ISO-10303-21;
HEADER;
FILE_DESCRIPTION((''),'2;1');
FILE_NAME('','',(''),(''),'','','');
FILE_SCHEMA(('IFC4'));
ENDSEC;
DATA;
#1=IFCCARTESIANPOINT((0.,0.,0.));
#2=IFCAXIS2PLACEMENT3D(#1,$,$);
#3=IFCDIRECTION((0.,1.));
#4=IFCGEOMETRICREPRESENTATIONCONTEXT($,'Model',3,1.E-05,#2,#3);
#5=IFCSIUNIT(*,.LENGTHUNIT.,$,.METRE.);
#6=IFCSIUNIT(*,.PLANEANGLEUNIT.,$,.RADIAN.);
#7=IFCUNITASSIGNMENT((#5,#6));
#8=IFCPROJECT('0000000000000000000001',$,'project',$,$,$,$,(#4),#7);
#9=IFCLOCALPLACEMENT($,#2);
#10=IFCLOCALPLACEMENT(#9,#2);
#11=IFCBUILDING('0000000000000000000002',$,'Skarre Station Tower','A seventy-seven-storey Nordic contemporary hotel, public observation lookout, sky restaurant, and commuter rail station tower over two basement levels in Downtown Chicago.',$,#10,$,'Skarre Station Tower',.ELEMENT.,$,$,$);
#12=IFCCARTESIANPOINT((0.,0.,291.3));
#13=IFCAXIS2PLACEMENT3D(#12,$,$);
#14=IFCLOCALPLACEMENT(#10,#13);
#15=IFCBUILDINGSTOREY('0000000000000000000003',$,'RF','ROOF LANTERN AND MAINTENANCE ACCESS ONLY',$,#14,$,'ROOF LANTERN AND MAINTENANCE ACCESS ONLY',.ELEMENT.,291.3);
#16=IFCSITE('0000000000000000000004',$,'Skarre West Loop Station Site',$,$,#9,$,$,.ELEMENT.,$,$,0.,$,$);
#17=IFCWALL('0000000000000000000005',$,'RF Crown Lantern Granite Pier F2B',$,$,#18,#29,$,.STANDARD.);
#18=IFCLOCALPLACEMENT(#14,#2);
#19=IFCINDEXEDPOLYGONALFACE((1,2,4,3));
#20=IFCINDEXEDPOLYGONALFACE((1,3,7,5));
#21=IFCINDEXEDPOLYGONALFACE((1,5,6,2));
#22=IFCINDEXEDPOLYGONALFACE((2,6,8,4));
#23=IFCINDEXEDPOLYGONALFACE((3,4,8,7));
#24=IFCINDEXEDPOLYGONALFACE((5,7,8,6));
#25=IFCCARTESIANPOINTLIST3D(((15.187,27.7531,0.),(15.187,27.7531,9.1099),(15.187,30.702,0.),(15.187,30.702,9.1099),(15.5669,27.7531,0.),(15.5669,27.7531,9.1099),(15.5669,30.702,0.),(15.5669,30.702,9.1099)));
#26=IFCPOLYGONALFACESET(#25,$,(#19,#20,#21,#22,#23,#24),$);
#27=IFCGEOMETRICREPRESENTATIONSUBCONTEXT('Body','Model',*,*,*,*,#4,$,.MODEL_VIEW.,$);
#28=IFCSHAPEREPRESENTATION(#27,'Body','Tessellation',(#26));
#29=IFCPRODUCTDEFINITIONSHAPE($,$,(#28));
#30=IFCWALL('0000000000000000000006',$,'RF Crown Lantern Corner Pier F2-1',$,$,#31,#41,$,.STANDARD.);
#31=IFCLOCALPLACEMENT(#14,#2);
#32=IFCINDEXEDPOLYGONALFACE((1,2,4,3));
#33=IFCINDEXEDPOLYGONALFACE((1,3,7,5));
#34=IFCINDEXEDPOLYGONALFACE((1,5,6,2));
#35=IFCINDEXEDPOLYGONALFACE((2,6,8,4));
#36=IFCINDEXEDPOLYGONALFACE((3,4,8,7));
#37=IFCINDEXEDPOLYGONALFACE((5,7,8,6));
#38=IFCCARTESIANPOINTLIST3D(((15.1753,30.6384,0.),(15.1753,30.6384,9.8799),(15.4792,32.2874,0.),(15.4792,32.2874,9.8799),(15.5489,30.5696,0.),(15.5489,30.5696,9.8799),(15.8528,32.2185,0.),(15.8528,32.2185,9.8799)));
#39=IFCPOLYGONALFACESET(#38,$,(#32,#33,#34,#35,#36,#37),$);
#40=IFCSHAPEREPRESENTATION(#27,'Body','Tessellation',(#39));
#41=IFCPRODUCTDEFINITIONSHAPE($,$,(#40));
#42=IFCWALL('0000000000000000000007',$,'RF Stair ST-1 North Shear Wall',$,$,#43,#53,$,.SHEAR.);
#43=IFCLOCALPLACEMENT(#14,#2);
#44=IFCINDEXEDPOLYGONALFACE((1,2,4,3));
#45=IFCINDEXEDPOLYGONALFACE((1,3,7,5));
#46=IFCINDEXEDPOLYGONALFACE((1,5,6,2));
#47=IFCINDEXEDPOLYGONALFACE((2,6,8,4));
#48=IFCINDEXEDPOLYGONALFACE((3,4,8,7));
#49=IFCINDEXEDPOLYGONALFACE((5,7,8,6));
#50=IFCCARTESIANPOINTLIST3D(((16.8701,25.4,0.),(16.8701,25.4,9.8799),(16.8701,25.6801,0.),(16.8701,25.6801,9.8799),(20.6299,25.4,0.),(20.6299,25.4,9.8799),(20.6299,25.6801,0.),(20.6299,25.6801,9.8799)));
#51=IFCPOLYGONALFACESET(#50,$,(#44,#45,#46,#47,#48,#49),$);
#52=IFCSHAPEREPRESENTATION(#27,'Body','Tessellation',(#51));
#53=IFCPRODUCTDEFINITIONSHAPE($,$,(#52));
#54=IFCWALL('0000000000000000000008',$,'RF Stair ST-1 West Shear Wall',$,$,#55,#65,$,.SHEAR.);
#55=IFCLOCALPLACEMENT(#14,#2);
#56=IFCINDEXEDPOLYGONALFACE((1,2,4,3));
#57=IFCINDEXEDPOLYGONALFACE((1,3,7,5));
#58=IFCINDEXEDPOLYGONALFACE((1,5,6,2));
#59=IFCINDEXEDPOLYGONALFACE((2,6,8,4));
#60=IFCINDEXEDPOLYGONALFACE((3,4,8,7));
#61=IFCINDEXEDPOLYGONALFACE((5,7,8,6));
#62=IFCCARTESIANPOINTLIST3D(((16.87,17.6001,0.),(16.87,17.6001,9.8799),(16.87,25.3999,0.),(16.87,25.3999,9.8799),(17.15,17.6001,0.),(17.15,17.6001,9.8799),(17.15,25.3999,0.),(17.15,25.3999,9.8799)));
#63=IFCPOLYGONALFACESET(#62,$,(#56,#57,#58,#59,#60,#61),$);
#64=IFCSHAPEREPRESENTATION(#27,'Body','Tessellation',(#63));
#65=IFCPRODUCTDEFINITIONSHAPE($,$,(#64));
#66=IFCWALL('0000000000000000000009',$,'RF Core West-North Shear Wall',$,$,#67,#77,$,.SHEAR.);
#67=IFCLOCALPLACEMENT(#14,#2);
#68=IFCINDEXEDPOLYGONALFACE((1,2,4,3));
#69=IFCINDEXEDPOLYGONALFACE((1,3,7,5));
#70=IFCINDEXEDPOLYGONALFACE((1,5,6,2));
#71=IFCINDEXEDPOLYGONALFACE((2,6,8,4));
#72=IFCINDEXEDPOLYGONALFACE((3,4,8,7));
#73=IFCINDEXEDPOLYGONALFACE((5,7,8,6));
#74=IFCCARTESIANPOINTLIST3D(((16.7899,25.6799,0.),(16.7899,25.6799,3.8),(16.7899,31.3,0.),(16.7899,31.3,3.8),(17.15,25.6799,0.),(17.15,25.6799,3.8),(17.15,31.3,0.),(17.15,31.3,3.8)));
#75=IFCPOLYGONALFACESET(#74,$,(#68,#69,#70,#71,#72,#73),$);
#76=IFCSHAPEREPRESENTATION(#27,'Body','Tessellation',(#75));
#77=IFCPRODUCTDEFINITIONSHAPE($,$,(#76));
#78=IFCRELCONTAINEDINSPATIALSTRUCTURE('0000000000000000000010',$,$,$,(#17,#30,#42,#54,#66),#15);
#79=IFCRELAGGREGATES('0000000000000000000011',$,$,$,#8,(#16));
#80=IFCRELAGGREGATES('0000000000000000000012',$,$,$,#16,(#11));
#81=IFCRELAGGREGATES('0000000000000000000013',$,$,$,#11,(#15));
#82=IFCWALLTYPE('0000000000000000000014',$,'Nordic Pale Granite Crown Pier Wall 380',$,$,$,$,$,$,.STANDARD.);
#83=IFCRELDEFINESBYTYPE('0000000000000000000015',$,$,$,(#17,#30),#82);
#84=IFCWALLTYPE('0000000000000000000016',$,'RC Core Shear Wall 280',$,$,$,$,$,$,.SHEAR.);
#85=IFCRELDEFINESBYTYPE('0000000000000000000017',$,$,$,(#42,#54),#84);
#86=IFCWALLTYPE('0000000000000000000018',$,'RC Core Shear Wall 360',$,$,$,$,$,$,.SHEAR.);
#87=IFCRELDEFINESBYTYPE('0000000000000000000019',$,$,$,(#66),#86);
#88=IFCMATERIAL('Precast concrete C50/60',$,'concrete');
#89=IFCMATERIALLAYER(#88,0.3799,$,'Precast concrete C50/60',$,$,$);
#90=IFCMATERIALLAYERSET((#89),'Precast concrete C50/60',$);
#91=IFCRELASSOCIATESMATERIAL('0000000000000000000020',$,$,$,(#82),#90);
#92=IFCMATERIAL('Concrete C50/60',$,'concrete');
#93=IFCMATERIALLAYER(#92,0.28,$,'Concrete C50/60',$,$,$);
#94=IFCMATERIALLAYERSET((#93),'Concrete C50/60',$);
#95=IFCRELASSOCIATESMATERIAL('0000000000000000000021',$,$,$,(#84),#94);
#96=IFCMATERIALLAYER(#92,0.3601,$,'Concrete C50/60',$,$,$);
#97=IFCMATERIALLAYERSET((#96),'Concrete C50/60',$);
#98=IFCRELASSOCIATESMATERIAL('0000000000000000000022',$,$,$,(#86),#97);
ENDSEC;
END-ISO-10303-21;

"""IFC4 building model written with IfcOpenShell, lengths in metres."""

from ifc_helpers import new_model, si_unit, direction, frame, frame_2d, origin, place, context, subcontext, project, spatial, rectangle, extrude, material, layer, layer_set, type_object, element, save


model = new_model("IFC4")

# Units and contexts
model_context = context("Model", 3, precision=1e-05, world=origin(), true_north=direction((0.0, 1.0)))
body_context = subcontext(model_context, "Body", "Model", "MODEL_VIEW")
ifc_project = project(units=[si_unit("LENGTHUNIT", "METRE"), si_unit("PLANEANGLEUNIT", "RADIAN")], contexts=[model_context])

# Site, building, storey
site_placement = place(None, origin())
site = spatial("IfcSite", under=ifc_project, at=site_placement, Name="Skarre West Loop Station Site", CompositionType="ELEMENT", RefElevation=0.0)
building_placement = place(site_placement, origin())
building = spatial("IfcBuilding", under=site, at=building_placement, Name="Skarre Station Tower", Description="A seventy-seven-storey Nordic contemporary hotel, public observation lookout, sky restaurant, and commuter rail station tower over two basement levels in Downtown Chicago.", LongName="Skarre Station Tower", CompositionType="ELEMENT")
storey_placement = place(building_placement, frame((0.0, 0.0, 291.3)))
storey = spatial("IfcBuildingStorey", under=building, at=storey_placement, Name="RF", Description="ROOF LANTERN AND MAINTENANCE ACCESS ONLY", LongName="ROOF LANTERN AND MAINTENANCE ACCESS ONLY", CompositionType="ELEMENT", Elevation=291.3)

# Walls
ifc_material_1 = material(Name="Precast concrete C50/60", Category="concrete")
ifc_layer_1 = layer(ifc_material_1, 0.3799, Name="Precast concrete C50/60")
ifc_layer_set_1 = layer_set([ifc_layer_1], Name="Precast concrete C50/60")
wall_type_1 = type_object("IfcWallType", Name="Nordic Pale Granite Crown Pier Wall 380", PredefinedType="STANDARD", material=ifc_layer_set_1)
wall_1_placement = place(storey_placement, frame((15.377, 27.7529, 0.0), z_axis=(0.0, 0.0, 1.0), x_axis=(0.0, 1.0, 0.0)))
element("IfcWall", 1, at=wall_1_placement, inside=storey, type_object=wall_type_1, Name="RF Crown Lantern Granite Pier F2B", PredefinedType="STANDARD", context=body_context, shape_type="SweptSolid", body=[
    extrude(rectangle(XDim=2.949, YDim=0.3799, at=frame_2d((1.4746, 0.0))), origin(), (0.0, 0.0, 1.0), 9.1099),
])
wall_2_placement = place(storey_placement, frame((15.3621, 30.604, 0.0), z_axis=(0.0, 0.0, 1.0), x_axis=(0.181281, 0.983431, 0.0)))
element("IfcWall", 2, at=wall_2_placement, inside=storey, type_object=wall_type_1, Name="RF Crown Lantern Corner Pier F2-1", PredefinedType="STANDARD", context=body_context, shape_type="SweptSolid", body=[
    extrude(rectangle(XDim=1.6768, YDim=0.3799, at=frame_2d((0.8384, 0.0))), origin(), (0.0, 0.0, 1.0), 9.8799),
])
ifc_material_2 = material(Name="Concrete C50/60", Category="concrete")
ifc_layer_2 = layer(ifc_material_2, 0.28, Name="Concrete C50/60")
ifc_layer_set_2 = layer_set([ifc_layer_2], Name="Concrete C50/60")
wall_type_2 = type_object("IfcWallType", Name="RC Core Shear Wall 280", PredefinedType="SHEAR", material=ifc_layer_set_2)
wall_3_placement = place(storey_placement, frame((20.6299, 25.54, 0.0), z_axis=(0.0, 0.0, 1.0), x_axis=(-1.0, 0.0, 0.0)))
element("IfcWall", 3, at=wall_3_placement, inside=storey, type_object=wall_type_2, Name="RF Stair ST-1 North Shear Wall", PredefinedType="SHEAR", context=body_context, shape_type="SweptSolid", body=[
    extrude(rectangle(XDim=3.7598, YDim=0.28, at=frame_2d((1.8799, 0.0))), origin(), (0.0, 0.0, 1.0), 9.8799),
])
wall_4_placement = place(storey_placement, frame((17.01, 25.3999, 0.0), z_axis=(0.0, 0.0, 1.0), x_axis=(0.0, -1.0, 0.0)))
element("IfcWall", 4, at=wall_4_placement, inside=storey, type_object=wall_type_2, Name="RF Stair ST-1 West Shear Wall", PredefinedType="SHEAR", context=body_context, shape_type="SweptSolid", body=[
    extrude(rectangle(XDim=7.7998, YDim=0.28, at=frame_2d((3.8999, 0.0))), origin(), (0.0, 0.0, 1.0), 9.8799),
])
ifc_layer_3 = layer(ifc_material_2, 0.3601, Name="Concrete C50/60")
ifc_layer_set_3 = layer_set([ifc_layer_3], Name="Concrete C50/60")
wall_type_3 = type_object("IfcWallType", Name="RC Core Shear Wall 360", PredefinedType="SHEAR", material=ifc_layer_set_3)
wall_5_placement = place(storey_placement, frame((16.97, 25.6799, 0.0), z_axis=(0.0, 0.0, 1.0), x_axis=(0.0, 1.0, 0.0)))
element("IfcWall", 5, at=wall_5_placement, inside=storey, type_object=wall_type_3, Name="RF Core West-North Shear Wall", PredefinedType="SHEAR", context=body_context, shape_type="SweptSolid", body=[
    extrude(rectangle(XDim=5.6201, YDim=0.3601, at=frame_2d((2.8101, 0.0))), origin(), (0.0, 0.0, 1.0), 3.8),
])

save(model, "model.ifc")
